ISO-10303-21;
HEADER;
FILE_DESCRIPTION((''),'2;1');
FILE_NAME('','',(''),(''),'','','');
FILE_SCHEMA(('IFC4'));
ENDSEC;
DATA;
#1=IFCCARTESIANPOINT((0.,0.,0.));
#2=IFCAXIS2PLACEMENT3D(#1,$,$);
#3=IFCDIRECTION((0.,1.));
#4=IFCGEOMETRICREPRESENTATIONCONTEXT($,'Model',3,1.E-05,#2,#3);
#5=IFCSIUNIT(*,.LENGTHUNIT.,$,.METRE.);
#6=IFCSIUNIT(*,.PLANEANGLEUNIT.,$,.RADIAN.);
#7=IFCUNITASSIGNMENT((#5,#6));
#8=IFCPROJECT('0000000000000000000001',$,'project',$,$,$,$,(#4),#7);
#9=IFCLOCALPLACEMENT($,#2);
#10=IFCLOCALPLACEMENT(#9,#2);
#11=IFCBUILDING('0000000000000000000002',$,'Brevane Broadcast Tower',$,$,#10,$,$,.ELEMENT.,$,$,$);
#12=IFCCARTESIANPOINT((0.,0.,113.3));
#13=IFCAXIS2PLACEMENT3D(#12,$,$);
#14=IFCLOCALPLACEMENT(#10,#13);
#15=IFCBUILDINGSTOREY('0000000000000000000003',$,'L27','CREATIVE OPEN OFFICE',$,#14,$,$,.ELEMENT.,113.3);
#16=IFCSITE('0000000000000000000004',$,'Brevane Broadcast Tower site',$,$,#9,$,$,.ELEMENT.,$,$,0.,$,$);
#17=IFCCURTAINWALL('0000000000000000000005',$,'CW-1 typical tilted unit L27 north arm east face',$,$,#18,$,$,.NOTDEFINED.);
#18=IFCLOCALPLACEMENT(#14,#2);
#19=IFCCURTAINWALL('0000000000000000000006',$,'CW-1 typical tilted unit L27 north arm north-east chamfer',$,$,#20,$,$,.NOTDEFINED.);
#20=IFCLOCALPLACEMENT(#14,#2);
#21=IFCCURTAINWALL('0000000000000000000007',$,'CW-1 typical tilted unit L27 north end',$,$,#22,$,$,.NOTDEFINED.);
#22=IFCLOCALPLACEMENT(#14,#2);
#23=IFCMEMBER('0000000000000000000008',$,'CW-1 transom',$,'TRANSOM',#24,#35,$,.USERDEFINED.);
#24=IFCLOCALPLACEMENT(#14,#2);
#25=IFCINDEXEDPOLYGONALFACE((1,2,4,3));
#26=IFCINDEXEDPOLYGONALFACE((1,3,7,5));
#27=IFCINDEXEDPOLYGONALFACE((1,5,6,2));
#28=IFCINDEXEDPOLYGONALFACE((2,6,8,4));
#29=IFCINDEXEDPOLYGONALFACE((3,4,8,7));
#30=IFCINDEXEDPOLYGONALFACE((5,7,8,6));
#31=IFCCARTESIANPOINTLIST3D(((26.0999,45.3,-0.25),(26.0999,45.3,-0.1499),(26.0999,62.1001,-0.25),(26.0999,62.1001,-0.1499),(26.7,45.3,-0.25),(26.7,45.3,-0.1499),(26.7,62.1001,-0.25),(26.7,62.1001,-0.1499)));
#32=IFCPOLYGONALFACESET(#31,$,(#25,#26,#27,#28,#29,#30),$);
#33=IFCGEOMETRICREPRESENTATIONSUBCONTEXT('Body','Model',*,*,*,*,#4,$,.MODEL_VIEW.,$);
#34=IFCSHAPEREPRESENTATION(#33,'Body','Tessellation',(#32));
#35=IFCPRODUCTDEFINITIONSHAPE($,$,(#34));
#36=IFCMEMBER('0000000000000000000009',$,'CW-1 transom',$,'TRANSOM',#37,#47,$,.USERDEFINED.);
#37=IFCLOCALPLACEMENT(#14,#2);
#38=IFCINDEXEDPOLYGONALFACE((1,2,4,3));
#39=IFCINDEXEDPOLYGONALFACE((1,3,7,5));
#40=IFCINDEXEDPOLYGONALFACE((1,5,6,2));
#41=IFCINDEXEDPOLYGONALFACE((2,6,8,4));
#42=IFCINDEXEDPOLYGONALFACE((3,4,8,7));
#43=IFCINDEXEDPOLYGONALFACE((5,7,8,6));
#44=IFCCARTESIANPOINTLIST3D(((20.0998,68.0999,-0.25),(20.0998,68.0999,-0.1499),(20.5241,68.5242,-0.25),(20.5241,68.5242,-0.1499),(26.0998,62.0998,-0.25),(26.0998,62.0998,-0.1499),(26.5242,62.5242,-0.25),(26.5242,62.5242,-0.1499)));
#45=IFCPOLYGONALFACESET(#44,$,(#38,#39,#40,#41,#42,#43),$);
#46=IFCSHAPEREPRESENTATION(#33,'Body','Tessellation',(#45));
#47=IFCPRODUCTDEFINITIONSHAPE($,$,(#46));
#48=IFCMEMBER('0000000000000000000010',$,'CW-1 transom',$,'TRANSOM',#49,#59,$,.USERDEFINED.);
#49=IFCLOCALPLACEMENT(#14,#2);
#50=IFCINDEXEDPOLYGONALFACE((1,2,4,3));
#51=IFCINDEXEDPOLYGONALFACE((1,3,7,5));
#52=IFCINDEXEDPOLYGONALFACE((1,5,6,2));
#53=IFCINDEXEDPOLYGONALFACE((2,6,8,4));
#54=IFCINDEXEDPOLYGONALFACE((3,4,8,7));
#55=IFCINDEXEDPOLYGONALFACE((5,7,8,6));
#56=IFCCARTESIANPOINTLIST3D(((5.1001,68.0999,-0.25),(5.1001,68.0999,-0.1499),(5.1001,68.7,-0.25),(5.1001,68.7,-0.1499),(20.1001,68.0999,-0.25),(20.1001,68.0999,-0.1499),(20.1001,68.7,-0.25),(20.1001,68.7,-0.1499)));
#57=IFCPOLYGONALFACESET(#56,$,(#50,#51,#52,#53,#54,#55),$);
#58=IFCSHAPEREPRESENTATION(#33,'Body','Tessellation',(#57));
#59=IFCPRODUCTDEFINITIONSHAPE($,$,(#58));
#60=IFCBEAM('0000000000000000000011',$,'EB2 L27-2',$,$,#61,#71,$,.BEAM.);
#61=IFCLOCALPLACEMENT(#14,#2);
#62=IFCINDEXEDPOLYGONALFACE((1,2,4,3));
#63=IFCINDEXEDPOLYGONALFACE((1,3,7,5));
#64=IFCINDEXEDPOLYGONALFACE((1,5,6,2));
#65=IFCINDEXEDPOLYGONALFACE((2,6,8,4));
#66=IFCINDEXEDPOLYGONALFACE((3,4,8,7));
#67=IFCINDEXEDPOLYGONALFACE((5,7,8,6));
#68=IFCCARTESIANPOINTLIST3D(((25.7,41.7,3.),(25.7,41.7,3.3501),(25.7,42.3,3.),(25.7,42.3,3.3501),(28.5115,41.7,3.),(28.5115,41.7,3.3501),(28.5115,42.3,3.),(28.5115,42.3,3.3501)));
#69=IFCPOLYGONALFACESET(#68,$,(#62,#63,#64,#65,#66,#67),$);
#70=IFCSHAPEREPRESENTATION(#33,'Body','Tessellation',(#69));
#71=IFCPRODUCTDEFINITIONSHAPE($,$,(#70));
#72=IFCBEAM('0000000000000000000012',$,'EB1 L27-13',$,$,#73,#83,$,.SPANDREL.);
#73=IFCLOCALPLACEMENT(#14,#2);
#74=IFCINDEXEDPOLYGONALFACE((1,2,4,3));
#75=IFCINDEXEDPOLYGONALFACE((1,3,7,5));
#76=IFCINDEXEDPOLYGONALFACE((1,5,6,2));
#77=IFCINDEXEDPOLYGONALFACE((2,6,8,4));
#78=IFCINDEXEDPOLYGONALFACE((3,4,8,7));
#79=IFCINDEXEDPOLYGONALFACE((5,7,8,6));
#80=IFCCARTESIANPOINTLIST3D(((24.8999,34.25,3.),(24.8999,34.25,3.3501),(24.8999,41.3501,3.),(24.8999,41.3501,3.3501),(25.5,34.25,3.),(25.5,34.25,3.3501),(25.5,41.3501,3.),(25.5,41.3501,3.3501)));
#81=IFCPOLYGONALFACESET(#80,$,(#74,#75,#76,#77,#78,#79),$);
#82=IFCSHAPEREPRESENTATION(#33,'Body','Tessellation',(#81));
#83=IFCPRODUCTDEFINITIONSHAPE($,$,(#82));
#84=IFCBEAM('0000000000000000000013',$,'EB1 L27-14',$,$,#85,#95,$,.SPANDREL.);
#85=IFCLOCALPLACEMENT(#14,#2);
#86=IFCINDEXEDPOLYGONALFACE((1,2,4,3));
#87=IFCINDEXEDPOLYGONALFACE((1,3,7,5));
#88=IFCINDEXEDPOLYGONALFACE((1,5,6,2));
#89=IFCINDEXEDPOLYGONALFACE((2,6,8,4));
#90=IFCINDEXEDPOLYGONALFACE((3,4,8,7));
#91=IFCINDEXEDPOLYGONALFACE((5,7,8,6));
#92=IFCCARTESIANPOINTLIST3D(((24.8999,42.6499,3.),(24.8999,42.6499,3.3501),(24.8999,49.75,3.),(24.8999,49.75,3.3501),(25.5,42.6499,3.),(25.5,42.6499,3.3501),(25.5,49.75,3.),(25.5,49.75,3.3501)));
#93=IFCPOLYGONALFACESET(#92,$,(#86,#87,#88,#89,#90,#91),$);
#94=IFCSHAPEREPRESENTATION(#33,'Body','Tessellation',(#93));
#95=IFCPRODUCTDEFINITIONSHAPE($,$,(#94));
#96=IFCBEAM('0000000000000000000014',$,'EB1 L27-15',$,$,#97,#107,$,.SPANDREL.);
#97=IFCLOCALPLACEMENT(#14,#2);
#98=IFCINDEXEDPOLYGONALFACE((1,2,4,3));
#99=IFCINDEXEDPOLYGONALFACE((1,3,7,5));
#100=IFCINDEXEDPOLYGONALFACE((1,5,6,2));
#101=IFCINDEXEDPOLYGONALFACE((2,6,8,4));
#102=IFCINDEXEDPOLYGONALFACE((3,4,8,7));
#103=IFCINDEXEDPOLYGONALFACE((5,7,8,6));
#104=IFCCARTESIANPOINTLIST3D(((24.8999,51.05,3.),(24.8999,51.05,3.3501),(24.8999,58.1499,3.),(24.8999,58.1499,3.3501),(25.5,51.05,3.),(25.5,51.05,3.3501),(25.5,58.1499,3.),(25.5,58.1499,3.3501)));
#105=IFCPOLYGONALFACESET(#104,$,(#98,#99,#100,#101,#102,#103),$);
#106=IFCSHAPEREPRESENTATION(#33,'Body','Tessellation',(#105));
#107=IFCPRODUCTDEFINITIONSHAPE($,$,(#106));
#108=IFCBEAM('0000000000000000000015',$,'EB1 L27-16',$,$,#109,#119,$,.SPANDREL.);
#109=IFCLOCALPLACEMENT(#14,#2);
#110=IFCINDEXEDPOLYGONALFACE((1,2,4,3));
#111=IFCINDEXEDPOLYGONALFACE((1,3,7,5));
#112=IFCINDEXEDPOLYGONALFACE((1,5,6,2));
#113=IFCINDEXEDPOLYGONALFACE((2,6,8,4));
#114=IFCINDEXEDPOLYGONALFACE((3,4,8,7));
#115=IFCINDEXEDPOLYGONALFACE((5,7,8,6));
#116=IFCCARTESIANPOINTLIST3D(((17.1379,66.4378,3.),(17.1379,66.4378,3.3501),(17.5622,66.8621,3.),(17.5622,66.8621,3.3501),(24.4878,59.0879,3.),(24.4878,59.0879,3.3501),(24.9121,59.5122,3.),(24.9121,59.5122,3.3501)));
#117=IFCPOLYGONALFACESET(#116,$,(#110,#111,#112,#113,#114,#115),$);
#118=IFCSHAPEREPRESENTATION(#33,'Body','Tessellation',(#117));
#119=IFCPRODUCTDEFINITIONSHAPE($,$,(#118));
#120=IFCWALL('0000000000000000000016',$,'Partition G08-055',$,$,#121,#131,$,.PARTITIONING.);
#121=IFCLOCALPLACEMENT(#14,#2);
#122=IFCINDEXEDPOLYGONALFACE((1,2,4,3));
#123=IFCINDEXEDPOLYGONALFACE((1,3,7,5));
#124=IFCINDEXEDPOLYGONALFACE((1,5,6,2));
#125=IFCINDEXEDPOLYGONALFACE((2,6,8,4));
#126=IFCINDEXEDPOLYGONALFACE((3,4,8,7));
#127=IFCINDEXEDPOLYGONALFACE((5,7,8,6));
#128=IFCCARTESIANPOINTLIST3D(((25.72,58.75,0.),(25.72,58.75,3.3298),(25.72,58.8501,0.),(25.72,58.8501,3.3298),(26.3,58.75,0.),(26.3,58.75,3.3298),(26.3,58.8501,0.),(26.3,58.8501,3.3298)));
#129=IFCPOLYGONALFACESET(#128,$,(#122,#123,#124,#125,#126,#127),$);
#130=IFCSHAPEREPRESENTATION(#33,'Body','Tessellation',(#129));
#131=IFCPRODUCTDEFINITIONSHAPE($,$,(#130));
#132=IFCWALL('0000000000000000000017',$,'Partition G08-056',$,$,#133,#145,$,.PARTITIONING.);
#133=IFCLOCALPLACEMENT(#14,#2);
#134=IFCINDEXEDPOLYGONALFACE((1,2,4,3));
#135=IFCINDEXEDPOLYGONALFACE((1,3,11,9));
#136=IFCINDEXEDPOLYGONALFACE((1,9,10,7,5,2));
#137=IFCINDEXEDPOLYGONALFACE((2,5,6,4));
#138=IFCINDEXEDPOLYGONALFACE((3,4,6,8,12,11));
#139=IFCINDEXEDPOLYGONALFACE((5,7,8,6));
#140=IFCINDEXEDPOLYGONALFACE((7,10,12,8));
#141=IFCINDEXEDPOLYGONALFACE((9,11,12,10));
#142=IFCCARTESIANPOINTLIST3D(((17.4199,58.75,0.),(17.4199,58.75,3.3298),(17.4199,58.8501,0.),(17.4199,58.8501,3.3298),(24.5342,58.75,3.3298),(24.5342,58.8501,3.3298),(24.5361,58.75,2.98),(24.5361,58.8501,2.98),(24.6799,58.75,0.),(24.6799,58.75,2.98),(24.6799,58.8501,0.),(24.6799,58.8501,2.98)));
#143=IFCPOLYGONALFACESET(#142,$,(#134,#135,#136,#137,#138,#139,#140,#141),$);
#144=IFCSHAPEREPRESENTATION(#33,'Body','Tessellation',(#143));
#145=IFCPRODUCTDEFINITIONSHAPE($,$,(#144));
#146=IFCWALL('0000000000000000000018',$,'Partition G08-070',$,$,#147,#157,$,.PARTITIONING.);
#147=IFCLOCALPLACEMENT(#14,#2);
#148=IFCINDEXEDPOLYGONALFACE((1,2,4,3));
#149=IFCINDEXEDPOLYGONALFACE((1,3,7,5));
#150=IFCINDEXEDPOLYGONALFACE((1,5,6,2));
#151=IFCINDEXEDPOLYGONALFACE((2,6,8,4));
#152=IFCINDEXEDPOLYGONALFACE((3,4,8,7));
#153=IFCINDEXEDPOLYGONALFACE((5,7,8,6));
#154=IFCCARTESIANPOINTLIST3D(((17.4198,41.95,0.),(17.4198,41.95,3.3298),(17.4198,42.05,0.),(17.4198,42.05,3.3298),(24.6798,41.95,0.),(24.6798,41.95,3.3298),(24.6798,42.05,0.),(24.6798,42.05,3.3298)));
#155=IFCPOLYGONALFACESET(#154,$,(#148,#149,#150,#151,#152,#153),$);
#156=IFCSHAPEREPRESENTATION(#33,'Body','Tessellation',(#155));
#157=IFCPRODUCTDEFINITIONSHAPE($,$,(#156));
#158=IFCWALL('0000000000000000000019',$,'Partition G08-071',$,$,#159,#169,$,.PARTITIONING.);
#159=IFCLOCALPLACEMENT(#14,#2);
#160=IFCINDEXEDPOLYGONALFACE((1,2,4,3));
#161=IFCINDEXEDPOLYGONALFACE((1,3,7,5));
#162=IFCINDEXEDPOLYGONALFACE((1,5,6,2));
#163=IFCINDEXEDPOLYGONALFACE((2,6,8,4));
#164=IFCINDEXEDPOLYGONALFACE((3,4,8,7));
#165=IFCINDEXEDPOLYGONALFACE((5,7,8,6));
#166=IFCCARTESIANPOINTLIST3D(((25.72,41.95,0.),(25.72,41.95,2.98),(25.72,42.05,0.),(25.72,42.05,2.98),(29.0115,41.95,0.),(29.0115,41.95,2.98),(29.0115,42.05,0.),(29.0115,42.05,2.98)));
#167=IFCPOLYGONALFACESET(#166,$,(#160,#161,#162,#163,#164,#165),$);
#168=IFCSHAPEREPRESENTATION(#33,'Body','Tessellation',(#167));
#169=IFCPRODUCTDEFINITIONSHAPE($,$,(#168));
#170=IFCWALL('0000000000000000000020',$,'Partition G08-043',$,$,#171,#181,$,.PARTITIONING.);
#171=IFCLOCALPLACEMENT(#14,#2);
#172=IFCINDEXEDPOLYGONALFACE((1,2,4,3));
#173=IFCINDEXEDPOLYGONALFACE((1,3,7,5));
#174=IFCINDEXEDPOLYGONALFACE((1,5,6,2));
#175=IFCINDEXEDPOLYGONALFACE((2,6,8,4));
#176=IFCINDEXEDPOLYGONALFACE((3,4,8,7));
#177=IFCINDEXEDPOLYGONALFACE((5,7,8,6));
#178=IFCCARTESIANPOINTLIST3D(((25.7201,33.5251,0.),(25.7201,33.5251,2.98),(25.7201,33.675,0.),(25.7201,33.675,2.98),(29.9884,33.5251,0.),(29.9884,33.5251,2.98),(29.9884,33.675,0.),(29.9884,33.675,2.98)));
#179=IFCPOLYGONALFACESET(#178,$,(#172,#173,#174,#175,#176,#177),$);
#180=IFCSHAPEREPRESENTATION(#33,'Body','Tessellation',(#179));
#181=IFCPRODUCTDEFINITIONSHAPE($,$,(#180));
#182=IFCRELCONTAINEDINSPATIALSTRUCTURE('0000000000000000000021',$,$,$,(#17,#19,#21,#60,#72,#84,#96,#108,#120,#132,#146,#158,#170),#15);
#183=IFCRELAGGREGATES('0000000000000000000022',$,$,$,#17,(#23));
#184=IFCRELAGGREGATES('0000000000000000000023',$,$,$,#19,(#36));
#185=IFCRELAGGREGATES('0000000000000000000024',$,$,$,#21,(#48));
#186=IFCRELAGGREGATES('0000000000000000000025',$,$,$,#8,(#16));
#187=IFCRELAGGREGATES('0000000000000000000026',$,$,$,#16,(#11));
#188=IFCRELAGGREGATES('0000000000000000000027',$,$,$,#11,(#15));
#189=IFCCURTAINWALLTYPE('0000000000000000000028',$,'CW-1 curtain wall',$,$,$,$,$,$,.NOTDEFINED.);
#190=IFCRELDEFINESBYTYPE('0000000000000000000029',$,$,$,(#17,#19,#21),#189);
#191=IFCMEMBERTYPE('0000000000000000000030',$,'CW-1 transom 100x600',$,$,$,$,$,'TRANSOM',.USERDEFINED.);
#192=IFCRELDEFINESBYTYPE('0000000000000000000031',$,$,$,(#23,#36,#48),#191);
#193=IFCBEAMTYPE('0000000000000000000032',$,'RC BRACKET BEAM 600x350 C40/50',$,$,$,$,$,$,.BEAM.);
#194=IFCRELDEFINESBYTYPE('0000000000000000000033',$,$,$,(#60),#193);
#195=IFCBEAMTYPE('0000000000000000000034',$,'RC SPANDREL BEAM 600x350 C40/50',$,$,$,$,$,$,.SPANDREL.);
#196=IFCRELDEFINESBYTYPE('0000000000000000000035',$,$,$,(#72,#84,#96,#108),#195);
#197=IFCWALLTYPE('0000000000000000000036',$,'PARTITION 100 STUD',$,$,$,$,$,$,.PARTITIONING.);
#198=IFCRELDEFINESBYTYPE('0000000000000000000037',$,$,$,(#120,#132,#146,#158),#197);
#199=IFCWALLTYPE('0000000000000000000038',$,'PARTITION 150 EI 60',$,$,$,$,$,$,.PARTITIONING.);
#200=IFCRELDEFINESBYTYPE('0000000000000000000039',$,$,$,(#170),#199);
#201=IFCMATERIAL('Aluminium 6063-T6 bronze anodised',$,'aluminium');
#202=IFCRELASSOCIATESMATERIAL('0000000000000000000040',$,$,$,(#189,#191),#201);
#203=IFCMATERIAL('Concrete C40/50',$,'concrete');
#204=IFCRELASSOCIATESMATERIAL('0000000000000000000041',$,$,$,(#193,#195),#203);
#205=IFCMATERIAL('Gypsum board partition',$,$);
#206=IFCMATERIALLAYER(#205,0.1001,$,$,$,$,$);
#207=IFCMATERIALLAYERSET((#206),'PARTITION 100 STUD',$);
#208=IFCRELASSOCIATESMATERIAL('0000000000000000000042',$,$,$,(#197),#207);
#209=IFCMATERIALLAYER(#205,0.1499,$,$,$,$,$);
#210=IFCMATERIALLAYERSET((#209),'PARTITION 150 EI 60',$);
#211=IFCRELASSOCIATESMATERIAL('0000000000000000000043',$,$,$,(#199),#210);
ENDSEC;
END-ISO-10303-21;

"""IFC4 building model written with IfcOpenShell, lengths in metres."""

from ifc_helpers import new_model, si_unit, direction, frame, frame_2d, origin, origin_2d, place, context, subcontext, project, spatial, polyline, rectangle, outline, extrude, material, layer, layer_set, material_profile, profile_set, type_object, element, aggregate, save


model = new_model("IFC4")

# Units and contexts
model_context = context("Model", 3, precision=1e-05, world=origin(), true_north=direction((0.0, 1.0)))
body_context = subcontext(model_context, "Body", "Model", "MODEL_VIEW")
ifc_project = project(units=[si_unit("LENGTHUNIT", "METRE"), si_unit("PLANEANGLEUNIT", "RADIAN")], contexts=[model_context])

# Site, building, storey
site_placement = place(None, origin())
site = spatial("IfcSite", under=ifc_project, at=site_placement, Name="Brevane Broadcast Tower site", CompositionType="ELEMENT", RefElevation=0.0)
building_placement = place(site_placement, origin())
building = spatial("IfcBuilding", under=site, at=building_placement, Name="Brevane Broadcast Tower", CompositionType="ELEMENT")
storey_placement = place(building_placement, frame((0.0, 0.0, 113.3)))
storey = spatial("IfcBuildingStorey", under=building, at=storey_placement, Name="L27", Description="CREATIVE OPEN OFFICE", CompositionType="ELEMENT", Elevation=113.3)

# Curtain walls
ifc_material_1 = material(Name="Aluminium 6063-T6 bronze anodised", Category="aluminium")
curtain_wall_type = type_object("IfcCurtainWallType", Name="CW-1 curtain wall", PredefinedType="NOTDEFINED", material=ifc_material_1)
curtain_wall_1_placement = place(storey_placement, origin())
curtain_wall_1 = element("IfcCurtainWall", 1, at=curtain_wall_1_placement, inside=storey, type_object=curtain_wall_type, Name="CW-1 typical tilted unit L27 north arm east face", PredefinedType="NOTDEFINED")
curtain_wall_2_placement = place(storey_placement, origin())
curtain_wall_2 = element("IfcCurtainWall", 2, at=curtain_wall_2_placement, inside=storey, type_object=curtain_wall_type, Name="CW-1 typical tilted unit L27 north arm north-east chamfer", PredefinedType="NOTDEFINED")

# Curtain wall
curtain_wall_3_placement = place(storey_placement, origin())
curtain_wall_3 = element("IfcCurtainWall", 3, at=curtain_wall_3_placement, inside=storey, type_object=curtain_wall_type, Name="CW-1 typical tilted unit L27 north end", PredefinedType="NOTDEFINED")

# Members
ifc_material_profile_1 = material_profile(ifc_material_1, rectangle(XDim=0.6001, YDim=0.1001, at=origin_2d()), Name="RECT 100x600")
ifc_profile_set_1 = profile_set([ifc_material_profile_1], Name="Aluminium 6063-T6 bronze anodised")
member_type_1 = type_object("IfcMemberType", Name="CW-1 transom 100x600", ElementType="TRANSOM", PredefinedType="USERDEFINED", material=ifc_profile_set_1)
member_1_placement = place(storey_placement, frame((26.3999, 45.3, -0.2), z_axis=(0.0, 1.0, 0.0), x_axis=(-1.0, 0.0, 0.0)))
member_1 = element("IfcMember", 4, at=member_1_placement, type_object=member_type_1, Name="CW-1 transom", ObjectType="TRANSOM", PredefinedType="USERDEFINED", context=body_context, shape_type="SweptSolid", body=[
    extrude(rectangle(XDim=0.6001, YDim=0.1001, at=origin_2d()), origin(), (0.0, 0.0, 1.0), 16.8),
])
aggregate(curtain_wall_1, [member_1])
member_2_placement = place(storey_placement, frame((26.312, 62.312, -0.2), z_axis=(-0.707107, 0.707107, 0.0), x_axis=(-0.707107, -0.707107, 0.0)))
member_2 = element("IfcMember", 5, at=member_2_placement, type_object=member_type_1, Name="CW-1 transom", ObjectType="TRANSOM", PredefinedType="USERDEFINED", context=body_context, shape_type="SweptSolid", body=[
    extrude(rectangle(XDim=0.6001, YDim=0.1001, at=origin_2d()), origin(), (0.0, 0.0, 1.0), 8.4854),
])
aggregate(curtain_wall_2, [member_2])
member_3_placement = place(storey_placement, frame((20.1001, 68.3999, -0.2), z_axis=(-1.0, 0.0, 0.0), x_axis=(0.0, -1.0, 0.0)))
member_3 = element("IfcMember", 6, at=member_3_placement, type_object=member_type_1, Name="CW-1 transom", ObjectType="TRANSOM", PredefinedType="USERDEFINED", context=body_context, shape_type="SweptSolid", body=[
    extrude(rectangle(XDim=0.6001, YDim=0.1001, at=origin_2d()), origin(), (0.0, 0.0, 1.0), 15.0),
])
aggregate(curtain_wall_3, [member_3])

# Beams
ifc_material_2 = material(Name="Concrete C40/50", Category="concrete")
ifc_material_profile_2 = material_profile(ifc_material_2, rectangle(XDim=0.6001, YDim=0.3501, at=origin_2d()), Name="RC 600x350")
ifc_profile_set_2 = profile_set([ifc_material_profile_2], Name="Concrete C40/50")
beam_type_1 = type_object("IfcBeamType", Name="RC BRACKET BEAM 600x350 C40/50", PredefinedType="BEAM", material=ifc_profile_set_2)
beam_1_placement = place(storey_placement, frame((25.7, 42.0, 3.175), z_axis=(1.0, 0.0, 0.0), x_axis=(0.0, 1.0, 0.0)))
element("IfcBeam", 7, at=beam_1_placement, inside=storey, type_object=beam_type_1, Name="EB2 L27-2", PredefinedType="BEAM", context=body_context, shape_type="SweptSolid", body=[
    extrude(rectangle(XDim=0.6001, YDim=0.3501, at=origin_2d()), origin(), (0.0, 0.0, 1.0), 2.8115),
])
ifc_material_profile_3 = material_profile(ifc_material_2, rectangle(XDim=0.6001, YDim=0.3501, at=origin_2d()), Name="RC 600x350")
ifc_profile_set_3 = profile_set([ifc_material_profile_3], Name="Concrete C40/50")
beam_type_2 = type_object("IfcBeamType", Name="RC SPANDREL BEAM 600x350 C40/50", PredefinedType="SPANDREL", material=ifc_profile_set_3)
for number, where, z_axis, x_axis, name in (
    (8, (25.2, 34.25, 3.175), (0.0, 1.0, 0.0), (-1.0, 0.0, 0.0), "EB1 L27-13"),
    (9, (25.2, 42.6499, 3.175), (0.0, 1.0, 0.0), (-1.0, 0.0, 0.0), "EB1 L27-14"),
):
    element("IfcBeam", number, at=place(storey_placement, frame(where, z_axis=z_axis, x_axis=x_axis)), inside=storey, type_object=beam_type_2, Name=name, PredefinedType="SPANDREL", context=body_context, shape_type="SweptSolid", body=[
        extrude(rectangle(XDim=0.6001, YDim=0.3501, at=origin_2d()), origin(), (0.0, 0.0, 1.0), 7.1001),
    ])
beam_2_placement = place(storey_placement, frame((25.2, 51.05, 3.175), z_axis=(0.0, 1.0, 0.0), x_axis=(-1.0, 0.0, 0.0)))
element("IfcBeam", 10, at=beam_2_placement, inside=storey, type_object=beam_type_2, Name="EB1 L27-15", PredefinedType="SPANDREL", context=body_context, shape_type="SweptSolid", body=[
    extrude(rectangle(XDim=0.6001, YDim=0.3501, at=origin_2d()), origin(), (0.0, 0.0, 1.0), 7.0999),
])
beam_3_placement = place(storey_placement, frame((24.7, 59.3, 3.175), z_axis=(-0.707107, 0.707107, 0.0), x_axis=(-0.707107, -0.707107, 0.0)))
element("IfcBeam", 11, at=beam_3_placement, inside=storey, type_object=beam_type_2, Name="EB1 L27-16", PredefinedType="SPANDREL", context=body_context, shape_type="SweptSolid", body=[
    extrude(rectangle(XDim=0.6001, YDim=0.3501, at=origin_2d()), origin(), (0.0, 0.0, 1.0), 10.3943),
])

# Walls
ifc_material_3 = material(Name="Gypsum board partition")
ifc_layer_1 = layer(ifc_material_3, 0.1001)
ifc_layer_set_1 = layer_set([ifc_layer_1], Name="PARTITION 100 STUD")
wall_type_1 = type_object("IfcWallType", Name="PARTITION 100 STUD", PredefinedType="PARTITIONING", material=ifc_layer_set_1)
wall_1_placement = place(storey_placement, frame((26.3, 58.8, 0.0), z_axis=(0.0, 0.0, 1.0), x_axis=(-1.0, 0.0, 0.0)))
element("IfcWall", 12, at=wall_1_placement, inside=storey, type_object=wall_type_1, Name="Partition G08-055", PredefinedType="PARTITIONING", context=body_context, shape_type="SweptSolid", body=[
    extrude(rectangle(XDim=0.5801, YDim=0.1001, at=frame_2d((0.29, 0.0))), origin(), (0.0, 0.0, 1.0), 3.3298),
])
wall_2_placement = place(storey_placement, frame((24.6799, 58.8, 0.0), z_axis=(0.0, 0.0, 1.0), x_axis=(-1.0, 0.0, 0.0)))
element("IfcWall", 13, at=wall_2_placement, inside=storey, type_object=wall_type_1, Name="Partition G08-056", PredefinedType="PARTITIONING", context=body_context, shape_type="SweptSolid", body=[
    extrude(outline(polyline([(0.0, 0.0), (7.26, 0.0), (7.26, 3.3298), (0.1458, 3.3298), (0.1438, 2.98), (0.0, 2.98), (0.0, 0.0)])), frame((0.0, 0.05, 0.0), z_axis=(0.0, -1.0, 0.0), x_axis=(1.0, 0.0, 0.0)), (0.0, 0.0, 1.0), 0.1001),
])
wall_3_placement = place(storey_placement, frame((17.4199, 42.0, 0.0), z_axis=(0.0, 0.0, 1.0), x_axis=(1.0, 0.0, 0.0)))
element("IfcWall", 14, at=wall_3_placement, inside=storey, type_object=wall_type_1, Name="Partition G08-070", PredefinedType="PARTITIONING", context=body_context, shape_type="SweptSolid", body=[
    extrude(rectangle(XDim=7.26, YDim=0.1001, at=frame_2d((3.6299, 0.0))), origin(), (0.0, 0.0, 1.0), 3.3298),
])
wall_4_placement = place(storey_placement, frame((25.72, 42.0, 0.0), z_axis=(0.0, 0.0, 1.0), x_axis=(1.0, 0.0, 0.0)))
element("IfcWall", 15, at=wall_4_placement, inside=storey, type_object=wall_type_1, Name="Partition G08-071", PredefinedType="PARTITIONING", context=body_context, shape_type="SweptSolid", body=[
    extrude(rectangle(XDim=3.2915, YDim=0.1001, at=frame_2d((1.6458, 0.0))), origin(), (0.0, 0.0, 1.0), 2.98),
])
ifc_layer_2 = layer(ifc_material_3, 0.1499)
ifc_layer_set_2 = layer_set([ifc_layer_2], Name="PARTITION 150 EI 60")
wall_type_2 = type_object("IfcWallType", Name="PARTITION 150 EI 60", PredefinedType="PARTITIONING", material=ifc_layer_set_2)
wall_5_placement = place(storey_placement, frame((25.72, 33.6001, 0.0), z_axis=(0.0, 0.0, 1.0), x_axis=(1.0, 0.0, 0.0)))
element("IfcWall", 16, at=wall_5_placement, inside=storey, type_object=wall_type_2, Name="Partition G08-043", PredefinedType="PARTITIONING", context=body_context, shape_type="SweptSolid", body=[
    extrude(rectangle(XDim=4.2683, YDim=0.1499, at=frame_2d((2.1343, 0.0))), origin(), (0.0, 0.0, 1.0), 2.98),
])

save(model, "model.ifc")
